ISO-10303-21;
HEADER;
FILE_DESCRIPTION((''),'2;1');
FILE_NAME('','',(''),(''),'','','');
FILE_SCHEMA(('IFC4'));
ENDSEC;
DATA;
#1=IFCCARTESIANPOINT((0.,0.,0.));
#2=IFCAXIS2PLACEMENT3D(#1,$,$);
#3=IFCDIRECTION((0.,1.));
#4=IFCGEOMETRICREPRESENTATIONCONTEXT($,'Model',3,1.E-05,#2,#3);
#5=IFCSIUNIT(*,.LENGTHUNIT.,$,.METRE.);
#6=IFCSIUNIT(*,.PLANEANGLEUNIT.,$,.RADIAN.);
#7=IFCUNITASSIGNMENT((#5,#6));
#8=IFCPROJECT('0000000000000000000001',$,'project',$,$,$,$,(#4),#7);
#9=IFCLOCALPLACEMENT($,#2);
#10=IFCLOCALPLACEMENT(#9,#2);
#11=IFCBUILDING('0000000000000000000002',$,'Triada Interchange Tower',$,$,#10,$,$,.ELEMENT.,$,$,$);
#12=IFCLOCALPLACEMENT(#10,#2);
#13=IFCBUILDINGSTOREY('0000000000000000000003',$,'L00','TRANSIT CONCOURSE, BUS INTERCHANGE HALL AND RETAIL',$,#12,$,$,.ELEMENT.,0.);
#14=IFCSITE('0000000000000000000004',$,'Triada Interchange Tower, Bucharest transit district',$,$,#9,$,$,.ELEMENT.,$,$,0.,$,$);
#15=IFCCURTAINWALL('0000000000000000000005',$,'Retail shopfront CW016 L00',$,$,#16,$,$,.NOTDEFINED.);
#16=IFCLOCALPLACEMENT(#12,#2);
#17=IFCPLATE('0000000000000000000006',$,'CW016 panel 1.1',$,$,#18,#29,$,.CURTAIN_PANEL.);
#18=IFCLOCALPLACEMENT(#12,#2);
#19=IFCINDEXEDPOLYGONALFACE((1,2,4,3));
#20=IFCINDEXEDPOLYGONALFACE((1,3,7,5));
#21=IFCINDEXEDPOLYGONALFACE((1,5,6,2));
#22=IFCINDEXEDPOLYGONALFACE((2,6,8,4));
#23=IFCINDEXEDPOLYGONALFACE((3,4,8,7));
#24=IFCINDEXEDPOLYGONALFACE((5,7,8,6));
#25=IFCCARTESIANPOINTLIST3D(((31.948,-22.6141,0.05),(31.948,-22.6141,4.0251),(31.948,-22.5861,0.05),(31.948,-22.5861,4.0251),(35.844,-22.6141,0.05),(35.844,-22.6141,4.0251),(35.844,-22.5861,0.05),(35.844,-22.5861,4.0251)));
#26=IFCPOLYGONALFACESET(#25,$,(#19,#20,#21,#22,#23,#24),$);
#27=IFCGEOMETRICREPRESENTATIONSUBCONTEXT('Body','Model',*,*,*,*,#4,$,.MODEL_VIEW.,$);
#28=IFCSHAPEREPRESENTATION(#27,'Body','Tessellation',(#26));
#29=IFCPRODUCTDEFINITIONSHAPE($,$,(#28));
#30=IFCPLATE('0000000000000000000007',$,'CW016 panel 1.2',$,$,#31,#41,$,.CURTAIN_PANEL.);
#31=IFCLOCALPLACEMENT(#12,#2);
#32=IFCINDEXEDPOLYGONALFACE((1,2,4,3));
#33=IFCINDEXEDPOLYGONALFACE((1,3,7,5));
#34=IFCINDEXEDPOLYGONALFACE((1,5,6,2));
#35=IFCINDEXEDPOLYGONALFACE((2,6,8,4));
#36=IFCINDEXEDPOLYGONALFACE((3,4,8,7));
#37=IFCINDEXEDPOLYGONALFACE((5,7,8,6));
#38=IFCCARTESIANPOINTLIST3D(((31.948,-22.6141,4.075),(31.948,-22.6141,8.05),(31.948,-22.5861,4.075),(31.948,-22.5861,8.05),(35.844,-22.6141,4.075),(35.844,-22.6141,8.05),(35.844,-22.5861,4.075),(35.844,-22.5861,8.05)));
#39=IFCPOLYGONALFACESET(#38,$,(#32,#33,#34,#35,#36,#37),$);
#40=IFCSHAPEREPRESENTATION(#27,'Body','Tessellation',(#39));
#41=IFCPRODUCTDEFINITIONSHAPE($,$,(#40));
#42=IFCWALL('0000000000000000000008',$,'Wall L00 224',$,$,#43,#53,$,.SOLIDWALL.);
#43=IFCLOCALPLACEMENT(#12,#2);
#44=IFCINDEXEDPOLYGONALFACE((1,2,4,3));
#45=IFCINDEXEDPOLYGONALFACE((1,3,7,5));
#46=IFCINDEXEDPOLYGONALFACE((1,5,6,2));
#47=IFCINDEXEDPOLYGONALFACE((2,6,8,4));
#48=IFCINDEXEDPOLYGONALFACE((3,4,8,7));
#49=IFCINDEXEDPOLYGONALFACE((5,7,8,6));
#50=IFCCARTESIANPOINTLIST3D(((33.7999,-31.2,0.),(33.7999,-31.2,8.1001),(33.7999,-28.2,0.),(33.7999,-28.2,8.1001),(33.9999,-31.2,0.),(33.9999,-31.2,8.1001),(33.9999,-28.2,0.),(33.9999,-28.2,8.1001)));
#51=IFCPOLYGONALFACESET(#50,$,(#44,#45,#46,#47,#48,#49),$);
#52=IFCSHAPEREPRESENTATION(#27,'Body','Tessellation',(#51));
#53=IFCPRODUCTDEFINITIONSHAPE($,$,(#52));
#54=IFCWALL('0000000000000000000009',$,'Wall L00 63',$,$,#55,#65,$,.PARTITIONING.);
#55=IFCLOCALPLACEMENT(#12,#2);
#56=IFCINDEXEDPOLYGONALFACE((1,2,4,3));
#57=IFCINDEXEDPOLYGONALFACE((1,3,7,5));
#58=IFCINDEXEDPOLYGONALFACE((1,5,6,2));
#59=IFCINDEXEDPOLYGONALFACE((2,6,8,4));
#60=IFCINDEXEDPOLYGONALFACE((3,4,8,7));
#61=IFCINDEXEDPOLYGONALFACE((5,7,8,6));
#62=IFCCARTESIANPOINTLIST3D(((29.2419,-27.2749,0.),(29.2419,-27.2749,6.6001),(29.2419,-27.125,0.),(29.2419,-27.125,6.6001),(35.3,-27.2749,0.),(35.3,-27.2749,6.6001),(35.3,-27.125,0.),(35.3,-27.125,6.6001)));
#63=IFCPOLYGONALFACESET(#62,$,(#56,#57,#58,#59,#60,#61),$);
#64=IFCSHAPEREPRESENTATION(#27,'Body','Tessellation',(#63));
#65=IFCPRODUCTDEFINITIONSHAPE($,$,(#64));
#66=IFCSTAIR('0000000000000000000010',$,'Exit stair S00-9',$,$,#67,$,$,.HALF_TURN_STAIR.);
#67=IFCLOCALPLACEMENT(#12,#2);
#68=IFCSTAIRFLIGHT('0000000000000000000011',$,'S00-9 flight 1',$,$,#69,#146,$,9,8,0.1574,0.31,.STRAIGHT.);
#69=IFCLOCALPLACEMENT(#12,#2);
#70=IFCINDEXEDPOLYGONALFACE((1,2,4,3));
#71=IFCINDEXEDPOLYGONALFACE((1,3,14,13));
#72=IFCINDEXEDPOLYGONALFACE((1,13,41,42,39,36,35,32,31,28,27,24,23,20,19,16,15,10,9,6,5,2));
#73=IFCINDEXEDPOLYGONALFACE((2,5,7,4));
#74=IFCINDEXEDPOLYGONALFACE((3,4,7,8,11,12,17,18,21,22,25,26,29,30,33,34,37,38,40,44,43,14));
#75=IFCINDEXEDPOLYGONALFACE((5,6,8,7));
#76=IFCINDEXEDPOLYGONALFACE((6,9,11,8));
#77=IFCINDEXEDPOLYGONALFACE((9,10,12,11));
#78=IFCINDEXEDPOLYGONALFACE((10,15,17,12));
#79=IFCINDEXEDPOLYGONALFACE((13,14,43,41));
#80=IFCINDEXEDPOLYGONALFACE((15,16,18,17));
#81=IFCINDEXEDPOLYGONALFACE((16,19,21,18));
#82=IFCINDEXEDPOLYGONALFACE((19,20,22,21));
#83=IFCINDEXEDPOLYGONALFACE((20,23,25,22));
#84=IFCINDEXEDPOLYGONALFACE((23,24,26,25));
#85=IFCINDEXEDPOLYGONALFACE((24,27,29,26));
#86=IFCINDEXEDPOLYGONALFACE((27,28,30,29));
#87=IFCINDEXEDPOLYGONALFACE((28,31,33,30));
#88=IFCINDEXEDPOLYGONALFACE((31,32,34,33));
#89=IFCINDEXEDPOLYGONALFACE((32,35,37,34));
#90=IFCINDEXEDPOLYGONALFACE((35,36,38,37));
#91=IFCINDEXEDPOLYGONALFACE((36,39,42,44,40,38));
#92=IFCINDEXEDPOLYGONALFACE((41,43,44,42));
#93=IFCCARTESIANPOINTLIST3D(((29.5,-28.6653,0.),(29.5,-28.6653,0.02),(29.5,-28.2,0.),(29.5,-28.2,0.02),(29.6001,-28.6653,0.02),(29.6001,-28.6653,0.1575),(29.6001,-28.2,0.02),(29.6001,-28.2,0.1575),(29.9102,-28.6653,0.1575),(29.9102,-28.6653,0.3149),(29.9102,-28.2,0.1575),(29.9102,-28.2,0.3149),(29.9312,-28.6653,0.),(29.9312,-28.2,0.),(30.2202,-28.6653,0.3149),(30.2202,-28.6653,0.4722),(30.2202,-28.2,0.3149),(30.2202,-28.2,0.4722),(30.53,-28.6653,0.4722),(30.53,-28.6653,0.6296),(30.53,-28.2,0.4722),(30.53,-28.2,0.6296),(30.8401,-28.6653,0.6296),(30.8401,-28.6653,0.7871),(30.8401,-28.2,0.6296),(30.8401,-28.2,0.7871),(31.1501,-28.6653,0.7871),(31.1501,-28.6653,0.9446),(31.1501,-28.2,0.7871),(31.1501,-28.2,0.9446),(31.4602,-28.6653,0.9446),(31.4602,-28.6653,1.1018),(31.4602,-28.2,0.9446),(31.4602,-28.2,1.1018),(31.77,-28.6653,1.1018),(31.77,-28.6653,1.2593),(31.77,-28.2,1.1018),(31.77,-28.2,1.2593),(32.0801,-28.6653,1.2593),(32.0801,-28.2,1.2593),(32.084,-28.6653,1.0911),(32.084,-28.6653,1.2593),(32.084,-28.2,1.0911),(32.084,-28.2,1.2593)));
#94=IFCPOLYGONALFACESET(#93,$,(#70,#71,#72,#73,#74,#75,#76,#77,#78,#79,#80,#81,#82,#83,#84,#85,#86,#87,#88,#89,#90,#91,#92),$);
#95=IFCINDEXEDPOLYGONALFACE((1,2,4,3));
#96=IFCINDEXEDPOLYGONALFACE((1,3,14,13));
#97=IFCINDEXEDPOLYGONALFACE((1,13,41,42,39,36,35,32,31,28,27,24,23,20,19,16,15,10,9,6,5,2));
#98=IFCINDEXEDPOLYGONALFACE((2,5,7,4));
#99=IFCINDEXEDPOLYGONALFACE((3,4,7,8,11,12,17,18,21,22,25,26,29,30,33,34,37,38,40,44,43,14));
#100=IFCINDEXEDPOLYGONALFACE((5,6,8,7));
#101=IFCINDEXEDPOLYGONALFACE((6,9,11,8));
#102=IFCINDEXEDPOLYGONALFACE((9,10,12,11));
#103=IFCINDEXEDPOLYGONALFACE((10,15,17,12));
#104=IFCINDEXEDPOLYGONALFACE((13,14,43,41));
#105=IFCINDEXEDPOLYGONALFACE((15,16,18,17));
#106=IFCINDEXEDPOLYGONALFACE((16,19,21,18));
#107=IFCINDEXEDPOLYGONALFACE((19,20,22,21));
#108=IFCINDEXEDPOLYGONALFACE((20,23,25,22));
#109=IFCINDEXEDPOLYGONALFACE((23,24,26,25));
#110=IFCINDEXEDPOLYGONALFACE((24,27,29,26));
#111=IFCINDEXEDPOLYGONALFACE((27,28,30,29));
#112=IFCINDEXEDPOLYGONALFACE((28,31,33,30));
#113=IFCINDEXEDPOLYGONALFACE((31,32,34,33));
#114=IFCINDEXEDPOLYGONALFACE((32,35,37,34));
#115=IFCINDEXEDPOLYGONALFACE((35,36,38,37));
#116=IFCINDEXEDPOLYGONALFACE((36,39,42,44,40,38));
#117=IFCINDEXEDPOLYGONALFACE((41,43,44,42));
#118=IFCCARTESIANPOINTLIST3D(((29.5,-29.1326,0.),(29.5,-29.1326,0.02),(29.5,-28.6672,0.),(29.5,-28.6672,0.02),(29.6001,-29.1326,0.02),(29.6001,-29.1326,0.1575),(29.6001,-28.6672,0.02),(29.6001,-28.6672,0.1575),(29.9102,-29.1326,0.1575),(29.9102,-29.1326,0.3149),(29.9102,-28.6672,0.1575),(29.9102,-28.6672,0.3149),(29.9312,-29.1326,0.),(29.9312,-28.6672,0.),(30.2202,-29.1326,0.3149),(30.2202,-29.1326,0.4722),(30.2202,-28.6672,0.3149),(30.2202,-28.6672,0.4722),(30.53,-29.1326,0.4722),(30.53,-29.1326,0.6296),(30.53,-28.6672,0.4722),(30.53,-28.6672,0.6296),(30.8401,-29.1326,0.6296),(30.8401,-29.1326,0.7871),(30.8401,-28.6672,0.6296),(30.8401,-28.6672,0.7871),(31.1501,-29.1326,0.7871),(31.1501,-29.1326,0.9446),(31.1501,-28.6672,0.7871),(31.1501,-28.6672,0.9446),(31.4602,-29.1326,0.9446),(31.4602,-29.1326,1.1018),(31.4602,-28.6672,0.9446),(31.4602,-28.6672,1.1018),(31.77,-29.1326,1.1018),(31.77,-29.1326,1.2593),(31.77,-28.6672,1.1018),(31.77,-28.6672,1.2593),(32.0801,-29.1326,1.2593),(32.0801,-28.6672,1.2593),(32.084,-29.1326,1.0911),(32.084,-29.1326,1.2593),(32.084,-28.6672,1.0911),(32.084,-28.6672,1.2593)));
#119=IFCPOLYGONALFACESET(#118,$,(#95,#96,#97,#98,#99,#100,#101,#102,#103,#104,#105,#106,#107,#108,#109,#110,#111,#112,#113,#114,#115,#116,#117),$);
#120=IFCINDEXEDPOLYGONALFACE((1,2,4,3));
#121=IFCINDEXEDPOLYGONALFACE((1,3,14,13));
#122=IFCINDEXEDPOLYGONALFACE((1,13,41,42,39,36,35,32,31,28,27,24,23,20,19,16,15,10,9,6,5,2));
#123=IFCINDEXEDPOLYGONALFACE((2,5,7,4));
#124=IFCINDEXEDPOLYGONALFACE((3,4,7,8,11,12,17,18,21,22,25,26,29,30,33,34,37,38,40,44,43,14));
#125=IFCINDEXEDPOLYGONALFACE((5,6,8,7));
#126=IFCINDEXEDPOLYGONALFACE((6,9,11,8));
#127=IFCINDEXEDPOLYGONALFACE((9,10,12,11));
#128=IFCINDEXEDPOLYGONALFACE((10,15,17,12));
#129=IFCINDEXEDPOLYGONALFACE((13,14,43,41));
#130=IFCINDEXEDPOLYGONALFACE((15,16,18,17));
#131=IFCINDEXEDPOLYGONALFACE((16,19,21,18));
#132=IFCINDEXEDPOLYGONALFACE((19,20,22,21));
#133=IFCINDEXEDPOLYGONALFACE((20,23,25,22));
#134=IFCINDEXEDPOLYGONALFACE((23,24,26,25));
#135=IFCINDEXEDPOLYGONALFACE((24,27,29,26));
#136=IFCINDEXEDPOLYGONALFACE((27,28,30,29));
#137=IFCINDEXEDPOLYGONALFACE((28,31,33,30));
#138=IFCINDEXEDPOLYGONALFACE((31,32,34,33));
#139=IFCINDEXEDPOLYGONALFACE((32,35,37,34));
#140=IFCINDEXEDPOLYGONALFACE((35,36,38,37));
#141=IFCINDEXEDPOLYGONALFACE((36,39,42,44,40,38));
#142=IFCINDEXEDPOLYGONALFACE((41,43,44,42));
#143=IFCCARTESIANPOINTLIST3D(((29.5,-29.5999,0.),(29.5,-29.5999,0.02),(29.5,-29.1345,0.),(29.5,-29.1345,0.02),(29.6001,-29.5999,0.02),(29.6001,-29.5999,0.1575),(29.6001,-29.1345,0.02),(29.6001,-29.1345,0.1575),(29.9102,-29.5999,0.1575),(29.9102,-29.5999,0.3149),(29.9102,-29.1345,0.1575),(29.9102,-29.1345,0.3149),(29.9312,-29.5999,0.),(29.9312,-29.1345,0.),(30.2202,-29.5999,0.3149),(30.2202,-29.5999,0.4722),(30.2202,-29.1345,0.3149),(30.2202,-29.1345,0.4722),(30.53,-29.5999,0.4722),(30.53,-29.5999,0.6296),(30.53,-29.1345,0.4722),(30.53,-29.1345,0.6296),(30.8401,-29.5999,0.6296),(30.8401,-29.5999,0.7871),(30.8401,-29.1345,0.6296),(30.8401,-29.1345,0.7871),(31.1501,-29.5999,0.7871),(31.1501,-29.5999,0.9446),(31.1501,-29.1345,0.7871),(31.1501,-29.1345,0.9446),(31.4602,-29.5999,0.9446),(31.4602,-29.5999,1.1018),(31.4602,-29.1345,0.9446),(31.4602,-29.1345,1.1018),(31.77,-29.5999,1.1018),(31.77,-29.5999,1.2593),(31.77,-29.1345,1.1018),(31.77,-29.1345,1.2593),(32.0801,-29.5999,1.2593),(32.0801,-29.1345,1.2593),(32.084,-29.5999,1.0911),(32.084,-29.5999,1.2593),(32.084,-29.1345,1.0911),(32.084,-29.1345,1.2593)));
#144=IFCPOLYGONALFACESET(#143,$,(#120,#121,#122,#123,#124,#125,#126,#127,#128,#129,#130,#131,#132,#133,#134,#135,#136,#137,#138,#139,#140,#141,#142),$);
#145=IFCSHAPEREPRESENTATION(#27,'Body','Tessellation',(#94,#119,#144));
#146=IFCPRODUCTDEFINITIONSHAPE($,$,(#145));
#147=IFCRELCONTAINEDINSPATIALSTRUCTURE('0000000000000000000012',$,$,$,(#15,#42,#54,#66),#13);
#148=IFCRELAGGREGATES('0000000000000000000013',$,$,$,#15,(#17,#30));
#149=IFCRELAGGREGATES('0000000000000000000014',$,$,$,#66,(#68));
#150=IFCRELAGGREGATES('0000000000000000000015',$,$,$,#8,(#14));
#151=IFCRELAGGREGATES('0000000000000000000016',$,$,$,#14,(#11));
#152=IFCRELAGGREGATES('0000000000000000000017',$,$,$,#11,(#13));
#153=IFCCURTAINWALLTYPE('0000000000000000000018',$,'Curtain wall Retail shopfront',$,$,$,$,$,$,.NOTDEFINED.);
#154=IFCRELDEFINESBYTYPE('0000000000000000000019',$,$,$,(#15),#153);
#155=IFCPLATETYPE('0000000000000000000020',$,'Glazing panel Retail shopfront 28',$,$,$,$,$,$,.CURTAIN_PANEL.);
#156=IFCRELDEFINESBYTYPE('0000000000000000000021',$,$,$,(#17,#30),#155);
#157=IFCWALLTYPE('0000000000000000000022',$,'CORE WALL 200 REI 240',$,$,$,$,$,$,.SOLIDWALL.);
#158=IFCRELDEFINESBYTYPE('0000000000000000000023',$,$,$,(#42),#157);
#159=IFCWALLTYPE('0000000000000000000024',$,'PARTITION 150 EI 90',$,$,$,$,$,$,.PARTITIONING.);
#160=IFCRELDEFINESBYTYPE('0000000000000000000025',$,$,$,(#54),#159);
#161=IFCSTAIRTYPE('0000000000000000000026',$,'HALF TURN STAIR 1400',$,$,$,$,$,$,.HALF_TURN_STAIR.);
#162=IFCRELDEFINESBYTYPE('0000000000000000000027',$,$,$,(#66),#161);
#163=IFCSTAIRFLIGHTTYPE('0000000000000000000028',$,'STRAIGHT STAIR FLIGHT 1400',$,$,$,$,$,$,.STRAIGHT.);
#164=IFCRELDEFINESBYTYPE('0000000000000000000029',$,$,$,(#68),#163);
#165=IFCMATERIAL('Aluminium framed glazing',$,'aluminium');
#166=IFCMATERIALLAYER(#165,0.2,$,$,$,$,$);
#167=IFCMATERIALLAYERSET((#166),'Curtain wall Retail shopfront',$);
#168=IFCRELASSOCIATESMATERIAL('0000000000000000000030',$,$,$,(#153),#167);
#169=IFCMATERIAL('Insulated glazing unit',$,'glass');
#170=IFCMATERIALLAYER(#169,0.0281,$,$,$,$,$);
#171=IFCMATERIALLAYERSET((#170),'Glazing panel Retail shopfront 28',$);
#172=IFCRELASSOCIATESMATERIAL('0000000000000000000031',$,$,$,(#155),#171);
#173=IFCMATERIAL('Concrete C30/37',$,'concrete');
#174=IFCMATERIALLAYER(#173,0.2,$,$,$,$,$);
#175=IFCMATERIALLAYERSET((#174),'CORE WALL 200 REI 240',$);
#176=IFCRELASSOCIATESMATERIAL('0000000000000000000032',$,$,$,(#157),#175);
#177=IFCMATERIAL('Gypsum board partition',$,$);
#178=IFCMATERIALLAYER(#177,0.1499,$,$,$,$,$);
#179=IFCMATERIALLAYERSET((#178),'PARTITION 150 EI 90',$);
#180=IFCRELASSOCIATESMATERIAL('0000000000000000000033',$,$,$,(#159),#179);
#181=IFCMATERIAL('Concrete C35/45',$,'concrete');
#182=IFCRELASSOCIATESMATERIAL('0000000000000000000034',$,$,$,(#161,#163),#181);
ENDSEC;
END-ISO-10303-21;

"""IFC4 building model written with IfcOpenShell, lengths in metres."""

from ifc_helpers import new_model, si_unit, direction, frame, frame_2d, origin, origin_2d, place, context, subcontext, project, spatial, polyline, rectangle, outline, extrude, material, layer, layer_set, type_object, element, aggregate, save


model = new_model("IFC4")

# Units and contexts
model_context = context("Model", 3, precision=1e-05, world=origin(), true_north=direction((0.0, 1.0)))
body_context = subcontext(model_context, "Body", "Model", "MODEL_VIEW")
ifc_project = project(units=[si_unit("LENGTHUNIT", "METRE"), si_unit("PLANEANGLEUNIT", "RADIAN")], contexts=[model_context])

# Site, building, storey
site_placement = place(None, origin())
site = spatial("IfcSite", under=ifc_project, at=site_placement, Name="Triada Interchange Tower, Bucharest transit district", CompositionType="ELEMENT", RefElevation=0.0)
building_placement = place(site_placement, origin())
building = spatial("IfcBuilding", under=site, at=building_placement, Name="Triada Interchange Tower", CompositionType="ELEMENT")
storey_placement = place(building_placement, origin())
storey = spatial("IfcBuildingStorey", under=building, at=storey_placement, Name="L00", Description="TRANSIT CONCOURSE, BUS INTERCHANGE HALL AND RETAIL", CompositionType="ELEMENT", Elevation=0.0)

# Curtain wall
ifc_material_1 = material(Name="Aluminium framed glazing", Category="aluminium")
ifc_layer_1 = layer(ifc_material_1, 0.2)
ifc_layer_set_1 = layer_set([ifc_layer_1], Name="Curtain wall Retail shopfront")
curtain_wall_type = type_object("IfcCurtainWallType", Name="Curtain wall Retail shopfront", PredefinedType="NOTDEFINED", material=ifc_layer_set_1)
curtain_wall_1_placement = place(storey_placement, origin())
curtain_wall_1 = element("IfcCurtainWall", 1, at=curtain_wall_1_placement, inside=storey, type_object=curtain_wall_type, Name="Retail shopfront CW016 L00", PredefinedType="NOTDEFINED")

# Plates
ifc_material_2 = material(Name="Insulated glazing unit", Category="glass")
ifc_layer_2 = layer(ifc_material_2, 0.0281)
ifc_layer_set_2 = layer_set([ifc_layer_2], Name="Glazing panel Retail shopfront 28")
plate_type = type_object("IfcPlateType", Name="Glazing panel Retail shopfront 28", PredefinedType="CURTAIN_PANEL", material=ifc_layer_set_2)
plate_1_placement = place(storey_placement, frame((33.896, -22.6001, 0.05), z_axis=(0.0, 0.0, 1.0), x_axis=(-1.0, 0.0, 0.0)))
plate_1 = element("IfcPlate", 2, at=plate_1_placement, type_object=plate_type, Name="CW016 panel 1.1", PredefinedType="CURTAIN_PANEL", context=body_context, shape_type="SweptSolid", body=[
    extrude(rectangle(XDim=3.896, YDim=0.0281, at=origin_2d()), origin(), (0.0, 0.0, 1.0), 3.9751),
])
plate_2_placement = place(storey_placement, frame((33.896, -22.6001, 4.075), z_axis=(0.0, 0.0, 1.0), x_axis=(-1.0, 0.0, 0.0)))
plate_2 = element("IfcPlate", 3, at=plate_2_placement, type_object=plate_type, Name="CW016 panel 1.2", PredefinedType="CURTAIN_PANEL", context=body_context, shape_type="SweptSolid", body=[
    extrude(rectangle(XDim=3.896, YDim=0.0281, at=origin_2d()), origin(), (0.0, 0.0, 1.0), 3.9751),
])
aggregate(curtain_wall_1, [plate_1, plate_2])

# Walls
ifc_material_3 = material(Name="Concrete C30/37", Category="concrete")
ifc_layer_3 = layer(ifc_material_3, 0.2)
ifc_layer_set_3 = layer_set([ifc_layer_3], Name="CORE WALL 200 REI 240")
wall_type_1 = type_object("IfcWallType", Name="CORE WALL 200 REI 240", PredefinedType="SOLIDWALL", material=ifc_layer_set_3)
wall_1_placement = place(storey_placement, frame((33.8999, -31.2, 0.0), z_axis=(0.0, 0.0, 1.0), x_axis=(0.0, 1.0, 0.0)))
element("IfcWall", 4, at=wall_1_placement, inside=storey, type_object=wall_type_1, Name="Wall L00 224", PredefinedType="SOLIDWALL", context=body_context, shape_type="SweptSolid", body=[
    extrude(rectangle(XDim=3.0, YDim=0.2, at=frame_2d((1.5, 0.0))), origin(), (0.0, 0.0, 1.0), 8.1001),
])
ifc_material_4 = material(Name="Gypsum board partition")
ifc_layer_4 = layer(ifc_material_4, 0.1499)
ifc_layer_set_4 = layer_set([ifc_layer_4], Name="PARTITION 150 EI 90")
wall_type_2 = type_object("IfcWallType", Name="PARTITION 150 EI 90", PredefinedType="PARTITIONING", material=ifc_layer_set_4)
wall_2_placement = place(storey_placement, frame((29.2419, -27.2, 0.0), z_axis=(0.0, 0.0, 1.0), x_axis=(1.0, 0.0, 0.0)))
element("IfcWall", 5, at=wall_2_placement, inside=storey, type_object=wall_type_2, Name="Wall L00 63", PredefinedType="PARTITIONING", context=body_context, shape_type="SweptSolid", body=[
    extrude(rectangle(XDim=6.0581, YDim=0.1499, at=frame_2d((3.0291, 0.0))), origin(), (0.0, 0.0, 1.0), 6.6001),
])

# Stair, stair flight
ifc_material_5 = material(Name="Concrete C35/45", Category="concrete")
stair_type = type_object("IfcStairType", Name="HALF TURN STAIR 1400", PredefinedType="HALF_TURN_STAIR", material=ifc_material_5)
stair_placement = place(storey_placement, origin())
stair = element("IfcStair", 6, at=stair_placement, inside=storey, type_object=stair_type, Name="Exit stair S00-9", PredefinedType="HALF_TURN_STAIR")
stair_flight_type = type_object("IfcStairFlightType", Name="STRAIGHT STAIR FLIGHT 1400", PredefinedType="STRAIGHT", material=ifc_material_5)
stair_flight_1_placement = place(storey_placement, frame((29.6001, -28.8999, 0.0), z_axis=(0.0, 0.0, 1.0), x_axis=(1.0, 0.0, 0.0)))
stair_flight_1 = element("IfcStairFlight", 7, at=stair_flight_1_placement, type_object=stair_flight_type, Name="S00-9 flight 1", NumberOfRisers=9, NumberOfTreads=8, PredefinedType="STRAIGHT", RiserHeight=0.1574, TreadLength=0.31, context=body_context, shape_type="SweptSolid", body=[
    extrude(outline(polyline([(-0.1001, 0.0), (-0.1001, 0.02), (0.0, 0.02), (0.0, 0.1575), (0.3101, 0.1575), (0.3101, 0.3149), (0.6201, 0.3149), (0.6201, 0.4722), (0.9299, 0.4722), (0.9299, 0.6296), (1.24, 0.6296), (1.24, 0.7871), (1.55, 0.7871), (1.55, 0.9446), (1.8601, 0.9446), (1.8601, 1.1018), (2.1699, 1.1018), (2.1699, 1.2593), (2.48, 1.2593), (2.4839, 1.2593), (2.4839, 1.4167), (2.4839, 1.0911), (0.3311, 0.0), (-0.1001, 0.0)])), frame((0.0, 0.7, 0.0), z_axis=(0.0, -1.0, 0.0), x_axis=(1.0, 0.0, 0.0)), (0.0, 0.0, 1.0), 0.4653),
    extrude(outline(polyline([(-0.1001, 0.0), (-0.1001, 0.02), (0.0, 0.02), (0.0, 0.1575), (0.3101, 0.1575), (0.3101, 0.3149), (0.6201, 0.3149), (0.6201, 0.4722), (0.9299, 0.4722), (0.9299, 0.6296), (1.24, 0.6296), (1.24, 0.7871), (1.55, 0.7871), (1.55, 0.9446), (1.8601, 0.9446), (1.8601, 1.1018), (2.1699, 1.1018), (2.1699, 1.2593), (2.48, 1.2593), (2.4839, 1.2593), (2.4839, 1.4167), (2.4839, 1.0911), (0.3311, 0.0), (-0.1001, 0.0)])), frame((0.0, 0.2327, 0.0), z_axis=(0.0, -1.0, 0.0), x_axis=(1.0, 0.0, 0.0)), (0.0, 0.0, 1.0), 0.4653),
    extrude(outline(polyline([(-0.1001, 0.0), (-0.1001, 0.02), (0.0, 0.02), (0.0, 0.1575), (0.3101, 0.1575), (0.3101, 0.3149), (0.6201, 0.3149), (0.6201, 0.4722), (0.9299, 0.4722), (0.9299, 0.6296), (1.24, 0.6296), (1.24, 0.7871), (1.55, 0.7871), (1.55, 0.9446), (1.8601, 0.9446), (1.8601, 1.1018), (2.1699, 1.1018), (2.1699, 1.2593), (2.48, 1.2593), (2.4839, 1.2593), (2.4839, 1.4167), (2.4839, 1.0911), (0.3311, 0.0), (-0.1001, 0.0)])), frame((0.0, -0.2346, 0.0), z_axis=(0.0, -1.0, 0.0), x_axis=(1.0, 0.0, 0.0)), (0.0, 0.0, 1.0), 0.4653),
])
aggregate(stair, [stair_flight_1])

save(model, "model.ifc")
